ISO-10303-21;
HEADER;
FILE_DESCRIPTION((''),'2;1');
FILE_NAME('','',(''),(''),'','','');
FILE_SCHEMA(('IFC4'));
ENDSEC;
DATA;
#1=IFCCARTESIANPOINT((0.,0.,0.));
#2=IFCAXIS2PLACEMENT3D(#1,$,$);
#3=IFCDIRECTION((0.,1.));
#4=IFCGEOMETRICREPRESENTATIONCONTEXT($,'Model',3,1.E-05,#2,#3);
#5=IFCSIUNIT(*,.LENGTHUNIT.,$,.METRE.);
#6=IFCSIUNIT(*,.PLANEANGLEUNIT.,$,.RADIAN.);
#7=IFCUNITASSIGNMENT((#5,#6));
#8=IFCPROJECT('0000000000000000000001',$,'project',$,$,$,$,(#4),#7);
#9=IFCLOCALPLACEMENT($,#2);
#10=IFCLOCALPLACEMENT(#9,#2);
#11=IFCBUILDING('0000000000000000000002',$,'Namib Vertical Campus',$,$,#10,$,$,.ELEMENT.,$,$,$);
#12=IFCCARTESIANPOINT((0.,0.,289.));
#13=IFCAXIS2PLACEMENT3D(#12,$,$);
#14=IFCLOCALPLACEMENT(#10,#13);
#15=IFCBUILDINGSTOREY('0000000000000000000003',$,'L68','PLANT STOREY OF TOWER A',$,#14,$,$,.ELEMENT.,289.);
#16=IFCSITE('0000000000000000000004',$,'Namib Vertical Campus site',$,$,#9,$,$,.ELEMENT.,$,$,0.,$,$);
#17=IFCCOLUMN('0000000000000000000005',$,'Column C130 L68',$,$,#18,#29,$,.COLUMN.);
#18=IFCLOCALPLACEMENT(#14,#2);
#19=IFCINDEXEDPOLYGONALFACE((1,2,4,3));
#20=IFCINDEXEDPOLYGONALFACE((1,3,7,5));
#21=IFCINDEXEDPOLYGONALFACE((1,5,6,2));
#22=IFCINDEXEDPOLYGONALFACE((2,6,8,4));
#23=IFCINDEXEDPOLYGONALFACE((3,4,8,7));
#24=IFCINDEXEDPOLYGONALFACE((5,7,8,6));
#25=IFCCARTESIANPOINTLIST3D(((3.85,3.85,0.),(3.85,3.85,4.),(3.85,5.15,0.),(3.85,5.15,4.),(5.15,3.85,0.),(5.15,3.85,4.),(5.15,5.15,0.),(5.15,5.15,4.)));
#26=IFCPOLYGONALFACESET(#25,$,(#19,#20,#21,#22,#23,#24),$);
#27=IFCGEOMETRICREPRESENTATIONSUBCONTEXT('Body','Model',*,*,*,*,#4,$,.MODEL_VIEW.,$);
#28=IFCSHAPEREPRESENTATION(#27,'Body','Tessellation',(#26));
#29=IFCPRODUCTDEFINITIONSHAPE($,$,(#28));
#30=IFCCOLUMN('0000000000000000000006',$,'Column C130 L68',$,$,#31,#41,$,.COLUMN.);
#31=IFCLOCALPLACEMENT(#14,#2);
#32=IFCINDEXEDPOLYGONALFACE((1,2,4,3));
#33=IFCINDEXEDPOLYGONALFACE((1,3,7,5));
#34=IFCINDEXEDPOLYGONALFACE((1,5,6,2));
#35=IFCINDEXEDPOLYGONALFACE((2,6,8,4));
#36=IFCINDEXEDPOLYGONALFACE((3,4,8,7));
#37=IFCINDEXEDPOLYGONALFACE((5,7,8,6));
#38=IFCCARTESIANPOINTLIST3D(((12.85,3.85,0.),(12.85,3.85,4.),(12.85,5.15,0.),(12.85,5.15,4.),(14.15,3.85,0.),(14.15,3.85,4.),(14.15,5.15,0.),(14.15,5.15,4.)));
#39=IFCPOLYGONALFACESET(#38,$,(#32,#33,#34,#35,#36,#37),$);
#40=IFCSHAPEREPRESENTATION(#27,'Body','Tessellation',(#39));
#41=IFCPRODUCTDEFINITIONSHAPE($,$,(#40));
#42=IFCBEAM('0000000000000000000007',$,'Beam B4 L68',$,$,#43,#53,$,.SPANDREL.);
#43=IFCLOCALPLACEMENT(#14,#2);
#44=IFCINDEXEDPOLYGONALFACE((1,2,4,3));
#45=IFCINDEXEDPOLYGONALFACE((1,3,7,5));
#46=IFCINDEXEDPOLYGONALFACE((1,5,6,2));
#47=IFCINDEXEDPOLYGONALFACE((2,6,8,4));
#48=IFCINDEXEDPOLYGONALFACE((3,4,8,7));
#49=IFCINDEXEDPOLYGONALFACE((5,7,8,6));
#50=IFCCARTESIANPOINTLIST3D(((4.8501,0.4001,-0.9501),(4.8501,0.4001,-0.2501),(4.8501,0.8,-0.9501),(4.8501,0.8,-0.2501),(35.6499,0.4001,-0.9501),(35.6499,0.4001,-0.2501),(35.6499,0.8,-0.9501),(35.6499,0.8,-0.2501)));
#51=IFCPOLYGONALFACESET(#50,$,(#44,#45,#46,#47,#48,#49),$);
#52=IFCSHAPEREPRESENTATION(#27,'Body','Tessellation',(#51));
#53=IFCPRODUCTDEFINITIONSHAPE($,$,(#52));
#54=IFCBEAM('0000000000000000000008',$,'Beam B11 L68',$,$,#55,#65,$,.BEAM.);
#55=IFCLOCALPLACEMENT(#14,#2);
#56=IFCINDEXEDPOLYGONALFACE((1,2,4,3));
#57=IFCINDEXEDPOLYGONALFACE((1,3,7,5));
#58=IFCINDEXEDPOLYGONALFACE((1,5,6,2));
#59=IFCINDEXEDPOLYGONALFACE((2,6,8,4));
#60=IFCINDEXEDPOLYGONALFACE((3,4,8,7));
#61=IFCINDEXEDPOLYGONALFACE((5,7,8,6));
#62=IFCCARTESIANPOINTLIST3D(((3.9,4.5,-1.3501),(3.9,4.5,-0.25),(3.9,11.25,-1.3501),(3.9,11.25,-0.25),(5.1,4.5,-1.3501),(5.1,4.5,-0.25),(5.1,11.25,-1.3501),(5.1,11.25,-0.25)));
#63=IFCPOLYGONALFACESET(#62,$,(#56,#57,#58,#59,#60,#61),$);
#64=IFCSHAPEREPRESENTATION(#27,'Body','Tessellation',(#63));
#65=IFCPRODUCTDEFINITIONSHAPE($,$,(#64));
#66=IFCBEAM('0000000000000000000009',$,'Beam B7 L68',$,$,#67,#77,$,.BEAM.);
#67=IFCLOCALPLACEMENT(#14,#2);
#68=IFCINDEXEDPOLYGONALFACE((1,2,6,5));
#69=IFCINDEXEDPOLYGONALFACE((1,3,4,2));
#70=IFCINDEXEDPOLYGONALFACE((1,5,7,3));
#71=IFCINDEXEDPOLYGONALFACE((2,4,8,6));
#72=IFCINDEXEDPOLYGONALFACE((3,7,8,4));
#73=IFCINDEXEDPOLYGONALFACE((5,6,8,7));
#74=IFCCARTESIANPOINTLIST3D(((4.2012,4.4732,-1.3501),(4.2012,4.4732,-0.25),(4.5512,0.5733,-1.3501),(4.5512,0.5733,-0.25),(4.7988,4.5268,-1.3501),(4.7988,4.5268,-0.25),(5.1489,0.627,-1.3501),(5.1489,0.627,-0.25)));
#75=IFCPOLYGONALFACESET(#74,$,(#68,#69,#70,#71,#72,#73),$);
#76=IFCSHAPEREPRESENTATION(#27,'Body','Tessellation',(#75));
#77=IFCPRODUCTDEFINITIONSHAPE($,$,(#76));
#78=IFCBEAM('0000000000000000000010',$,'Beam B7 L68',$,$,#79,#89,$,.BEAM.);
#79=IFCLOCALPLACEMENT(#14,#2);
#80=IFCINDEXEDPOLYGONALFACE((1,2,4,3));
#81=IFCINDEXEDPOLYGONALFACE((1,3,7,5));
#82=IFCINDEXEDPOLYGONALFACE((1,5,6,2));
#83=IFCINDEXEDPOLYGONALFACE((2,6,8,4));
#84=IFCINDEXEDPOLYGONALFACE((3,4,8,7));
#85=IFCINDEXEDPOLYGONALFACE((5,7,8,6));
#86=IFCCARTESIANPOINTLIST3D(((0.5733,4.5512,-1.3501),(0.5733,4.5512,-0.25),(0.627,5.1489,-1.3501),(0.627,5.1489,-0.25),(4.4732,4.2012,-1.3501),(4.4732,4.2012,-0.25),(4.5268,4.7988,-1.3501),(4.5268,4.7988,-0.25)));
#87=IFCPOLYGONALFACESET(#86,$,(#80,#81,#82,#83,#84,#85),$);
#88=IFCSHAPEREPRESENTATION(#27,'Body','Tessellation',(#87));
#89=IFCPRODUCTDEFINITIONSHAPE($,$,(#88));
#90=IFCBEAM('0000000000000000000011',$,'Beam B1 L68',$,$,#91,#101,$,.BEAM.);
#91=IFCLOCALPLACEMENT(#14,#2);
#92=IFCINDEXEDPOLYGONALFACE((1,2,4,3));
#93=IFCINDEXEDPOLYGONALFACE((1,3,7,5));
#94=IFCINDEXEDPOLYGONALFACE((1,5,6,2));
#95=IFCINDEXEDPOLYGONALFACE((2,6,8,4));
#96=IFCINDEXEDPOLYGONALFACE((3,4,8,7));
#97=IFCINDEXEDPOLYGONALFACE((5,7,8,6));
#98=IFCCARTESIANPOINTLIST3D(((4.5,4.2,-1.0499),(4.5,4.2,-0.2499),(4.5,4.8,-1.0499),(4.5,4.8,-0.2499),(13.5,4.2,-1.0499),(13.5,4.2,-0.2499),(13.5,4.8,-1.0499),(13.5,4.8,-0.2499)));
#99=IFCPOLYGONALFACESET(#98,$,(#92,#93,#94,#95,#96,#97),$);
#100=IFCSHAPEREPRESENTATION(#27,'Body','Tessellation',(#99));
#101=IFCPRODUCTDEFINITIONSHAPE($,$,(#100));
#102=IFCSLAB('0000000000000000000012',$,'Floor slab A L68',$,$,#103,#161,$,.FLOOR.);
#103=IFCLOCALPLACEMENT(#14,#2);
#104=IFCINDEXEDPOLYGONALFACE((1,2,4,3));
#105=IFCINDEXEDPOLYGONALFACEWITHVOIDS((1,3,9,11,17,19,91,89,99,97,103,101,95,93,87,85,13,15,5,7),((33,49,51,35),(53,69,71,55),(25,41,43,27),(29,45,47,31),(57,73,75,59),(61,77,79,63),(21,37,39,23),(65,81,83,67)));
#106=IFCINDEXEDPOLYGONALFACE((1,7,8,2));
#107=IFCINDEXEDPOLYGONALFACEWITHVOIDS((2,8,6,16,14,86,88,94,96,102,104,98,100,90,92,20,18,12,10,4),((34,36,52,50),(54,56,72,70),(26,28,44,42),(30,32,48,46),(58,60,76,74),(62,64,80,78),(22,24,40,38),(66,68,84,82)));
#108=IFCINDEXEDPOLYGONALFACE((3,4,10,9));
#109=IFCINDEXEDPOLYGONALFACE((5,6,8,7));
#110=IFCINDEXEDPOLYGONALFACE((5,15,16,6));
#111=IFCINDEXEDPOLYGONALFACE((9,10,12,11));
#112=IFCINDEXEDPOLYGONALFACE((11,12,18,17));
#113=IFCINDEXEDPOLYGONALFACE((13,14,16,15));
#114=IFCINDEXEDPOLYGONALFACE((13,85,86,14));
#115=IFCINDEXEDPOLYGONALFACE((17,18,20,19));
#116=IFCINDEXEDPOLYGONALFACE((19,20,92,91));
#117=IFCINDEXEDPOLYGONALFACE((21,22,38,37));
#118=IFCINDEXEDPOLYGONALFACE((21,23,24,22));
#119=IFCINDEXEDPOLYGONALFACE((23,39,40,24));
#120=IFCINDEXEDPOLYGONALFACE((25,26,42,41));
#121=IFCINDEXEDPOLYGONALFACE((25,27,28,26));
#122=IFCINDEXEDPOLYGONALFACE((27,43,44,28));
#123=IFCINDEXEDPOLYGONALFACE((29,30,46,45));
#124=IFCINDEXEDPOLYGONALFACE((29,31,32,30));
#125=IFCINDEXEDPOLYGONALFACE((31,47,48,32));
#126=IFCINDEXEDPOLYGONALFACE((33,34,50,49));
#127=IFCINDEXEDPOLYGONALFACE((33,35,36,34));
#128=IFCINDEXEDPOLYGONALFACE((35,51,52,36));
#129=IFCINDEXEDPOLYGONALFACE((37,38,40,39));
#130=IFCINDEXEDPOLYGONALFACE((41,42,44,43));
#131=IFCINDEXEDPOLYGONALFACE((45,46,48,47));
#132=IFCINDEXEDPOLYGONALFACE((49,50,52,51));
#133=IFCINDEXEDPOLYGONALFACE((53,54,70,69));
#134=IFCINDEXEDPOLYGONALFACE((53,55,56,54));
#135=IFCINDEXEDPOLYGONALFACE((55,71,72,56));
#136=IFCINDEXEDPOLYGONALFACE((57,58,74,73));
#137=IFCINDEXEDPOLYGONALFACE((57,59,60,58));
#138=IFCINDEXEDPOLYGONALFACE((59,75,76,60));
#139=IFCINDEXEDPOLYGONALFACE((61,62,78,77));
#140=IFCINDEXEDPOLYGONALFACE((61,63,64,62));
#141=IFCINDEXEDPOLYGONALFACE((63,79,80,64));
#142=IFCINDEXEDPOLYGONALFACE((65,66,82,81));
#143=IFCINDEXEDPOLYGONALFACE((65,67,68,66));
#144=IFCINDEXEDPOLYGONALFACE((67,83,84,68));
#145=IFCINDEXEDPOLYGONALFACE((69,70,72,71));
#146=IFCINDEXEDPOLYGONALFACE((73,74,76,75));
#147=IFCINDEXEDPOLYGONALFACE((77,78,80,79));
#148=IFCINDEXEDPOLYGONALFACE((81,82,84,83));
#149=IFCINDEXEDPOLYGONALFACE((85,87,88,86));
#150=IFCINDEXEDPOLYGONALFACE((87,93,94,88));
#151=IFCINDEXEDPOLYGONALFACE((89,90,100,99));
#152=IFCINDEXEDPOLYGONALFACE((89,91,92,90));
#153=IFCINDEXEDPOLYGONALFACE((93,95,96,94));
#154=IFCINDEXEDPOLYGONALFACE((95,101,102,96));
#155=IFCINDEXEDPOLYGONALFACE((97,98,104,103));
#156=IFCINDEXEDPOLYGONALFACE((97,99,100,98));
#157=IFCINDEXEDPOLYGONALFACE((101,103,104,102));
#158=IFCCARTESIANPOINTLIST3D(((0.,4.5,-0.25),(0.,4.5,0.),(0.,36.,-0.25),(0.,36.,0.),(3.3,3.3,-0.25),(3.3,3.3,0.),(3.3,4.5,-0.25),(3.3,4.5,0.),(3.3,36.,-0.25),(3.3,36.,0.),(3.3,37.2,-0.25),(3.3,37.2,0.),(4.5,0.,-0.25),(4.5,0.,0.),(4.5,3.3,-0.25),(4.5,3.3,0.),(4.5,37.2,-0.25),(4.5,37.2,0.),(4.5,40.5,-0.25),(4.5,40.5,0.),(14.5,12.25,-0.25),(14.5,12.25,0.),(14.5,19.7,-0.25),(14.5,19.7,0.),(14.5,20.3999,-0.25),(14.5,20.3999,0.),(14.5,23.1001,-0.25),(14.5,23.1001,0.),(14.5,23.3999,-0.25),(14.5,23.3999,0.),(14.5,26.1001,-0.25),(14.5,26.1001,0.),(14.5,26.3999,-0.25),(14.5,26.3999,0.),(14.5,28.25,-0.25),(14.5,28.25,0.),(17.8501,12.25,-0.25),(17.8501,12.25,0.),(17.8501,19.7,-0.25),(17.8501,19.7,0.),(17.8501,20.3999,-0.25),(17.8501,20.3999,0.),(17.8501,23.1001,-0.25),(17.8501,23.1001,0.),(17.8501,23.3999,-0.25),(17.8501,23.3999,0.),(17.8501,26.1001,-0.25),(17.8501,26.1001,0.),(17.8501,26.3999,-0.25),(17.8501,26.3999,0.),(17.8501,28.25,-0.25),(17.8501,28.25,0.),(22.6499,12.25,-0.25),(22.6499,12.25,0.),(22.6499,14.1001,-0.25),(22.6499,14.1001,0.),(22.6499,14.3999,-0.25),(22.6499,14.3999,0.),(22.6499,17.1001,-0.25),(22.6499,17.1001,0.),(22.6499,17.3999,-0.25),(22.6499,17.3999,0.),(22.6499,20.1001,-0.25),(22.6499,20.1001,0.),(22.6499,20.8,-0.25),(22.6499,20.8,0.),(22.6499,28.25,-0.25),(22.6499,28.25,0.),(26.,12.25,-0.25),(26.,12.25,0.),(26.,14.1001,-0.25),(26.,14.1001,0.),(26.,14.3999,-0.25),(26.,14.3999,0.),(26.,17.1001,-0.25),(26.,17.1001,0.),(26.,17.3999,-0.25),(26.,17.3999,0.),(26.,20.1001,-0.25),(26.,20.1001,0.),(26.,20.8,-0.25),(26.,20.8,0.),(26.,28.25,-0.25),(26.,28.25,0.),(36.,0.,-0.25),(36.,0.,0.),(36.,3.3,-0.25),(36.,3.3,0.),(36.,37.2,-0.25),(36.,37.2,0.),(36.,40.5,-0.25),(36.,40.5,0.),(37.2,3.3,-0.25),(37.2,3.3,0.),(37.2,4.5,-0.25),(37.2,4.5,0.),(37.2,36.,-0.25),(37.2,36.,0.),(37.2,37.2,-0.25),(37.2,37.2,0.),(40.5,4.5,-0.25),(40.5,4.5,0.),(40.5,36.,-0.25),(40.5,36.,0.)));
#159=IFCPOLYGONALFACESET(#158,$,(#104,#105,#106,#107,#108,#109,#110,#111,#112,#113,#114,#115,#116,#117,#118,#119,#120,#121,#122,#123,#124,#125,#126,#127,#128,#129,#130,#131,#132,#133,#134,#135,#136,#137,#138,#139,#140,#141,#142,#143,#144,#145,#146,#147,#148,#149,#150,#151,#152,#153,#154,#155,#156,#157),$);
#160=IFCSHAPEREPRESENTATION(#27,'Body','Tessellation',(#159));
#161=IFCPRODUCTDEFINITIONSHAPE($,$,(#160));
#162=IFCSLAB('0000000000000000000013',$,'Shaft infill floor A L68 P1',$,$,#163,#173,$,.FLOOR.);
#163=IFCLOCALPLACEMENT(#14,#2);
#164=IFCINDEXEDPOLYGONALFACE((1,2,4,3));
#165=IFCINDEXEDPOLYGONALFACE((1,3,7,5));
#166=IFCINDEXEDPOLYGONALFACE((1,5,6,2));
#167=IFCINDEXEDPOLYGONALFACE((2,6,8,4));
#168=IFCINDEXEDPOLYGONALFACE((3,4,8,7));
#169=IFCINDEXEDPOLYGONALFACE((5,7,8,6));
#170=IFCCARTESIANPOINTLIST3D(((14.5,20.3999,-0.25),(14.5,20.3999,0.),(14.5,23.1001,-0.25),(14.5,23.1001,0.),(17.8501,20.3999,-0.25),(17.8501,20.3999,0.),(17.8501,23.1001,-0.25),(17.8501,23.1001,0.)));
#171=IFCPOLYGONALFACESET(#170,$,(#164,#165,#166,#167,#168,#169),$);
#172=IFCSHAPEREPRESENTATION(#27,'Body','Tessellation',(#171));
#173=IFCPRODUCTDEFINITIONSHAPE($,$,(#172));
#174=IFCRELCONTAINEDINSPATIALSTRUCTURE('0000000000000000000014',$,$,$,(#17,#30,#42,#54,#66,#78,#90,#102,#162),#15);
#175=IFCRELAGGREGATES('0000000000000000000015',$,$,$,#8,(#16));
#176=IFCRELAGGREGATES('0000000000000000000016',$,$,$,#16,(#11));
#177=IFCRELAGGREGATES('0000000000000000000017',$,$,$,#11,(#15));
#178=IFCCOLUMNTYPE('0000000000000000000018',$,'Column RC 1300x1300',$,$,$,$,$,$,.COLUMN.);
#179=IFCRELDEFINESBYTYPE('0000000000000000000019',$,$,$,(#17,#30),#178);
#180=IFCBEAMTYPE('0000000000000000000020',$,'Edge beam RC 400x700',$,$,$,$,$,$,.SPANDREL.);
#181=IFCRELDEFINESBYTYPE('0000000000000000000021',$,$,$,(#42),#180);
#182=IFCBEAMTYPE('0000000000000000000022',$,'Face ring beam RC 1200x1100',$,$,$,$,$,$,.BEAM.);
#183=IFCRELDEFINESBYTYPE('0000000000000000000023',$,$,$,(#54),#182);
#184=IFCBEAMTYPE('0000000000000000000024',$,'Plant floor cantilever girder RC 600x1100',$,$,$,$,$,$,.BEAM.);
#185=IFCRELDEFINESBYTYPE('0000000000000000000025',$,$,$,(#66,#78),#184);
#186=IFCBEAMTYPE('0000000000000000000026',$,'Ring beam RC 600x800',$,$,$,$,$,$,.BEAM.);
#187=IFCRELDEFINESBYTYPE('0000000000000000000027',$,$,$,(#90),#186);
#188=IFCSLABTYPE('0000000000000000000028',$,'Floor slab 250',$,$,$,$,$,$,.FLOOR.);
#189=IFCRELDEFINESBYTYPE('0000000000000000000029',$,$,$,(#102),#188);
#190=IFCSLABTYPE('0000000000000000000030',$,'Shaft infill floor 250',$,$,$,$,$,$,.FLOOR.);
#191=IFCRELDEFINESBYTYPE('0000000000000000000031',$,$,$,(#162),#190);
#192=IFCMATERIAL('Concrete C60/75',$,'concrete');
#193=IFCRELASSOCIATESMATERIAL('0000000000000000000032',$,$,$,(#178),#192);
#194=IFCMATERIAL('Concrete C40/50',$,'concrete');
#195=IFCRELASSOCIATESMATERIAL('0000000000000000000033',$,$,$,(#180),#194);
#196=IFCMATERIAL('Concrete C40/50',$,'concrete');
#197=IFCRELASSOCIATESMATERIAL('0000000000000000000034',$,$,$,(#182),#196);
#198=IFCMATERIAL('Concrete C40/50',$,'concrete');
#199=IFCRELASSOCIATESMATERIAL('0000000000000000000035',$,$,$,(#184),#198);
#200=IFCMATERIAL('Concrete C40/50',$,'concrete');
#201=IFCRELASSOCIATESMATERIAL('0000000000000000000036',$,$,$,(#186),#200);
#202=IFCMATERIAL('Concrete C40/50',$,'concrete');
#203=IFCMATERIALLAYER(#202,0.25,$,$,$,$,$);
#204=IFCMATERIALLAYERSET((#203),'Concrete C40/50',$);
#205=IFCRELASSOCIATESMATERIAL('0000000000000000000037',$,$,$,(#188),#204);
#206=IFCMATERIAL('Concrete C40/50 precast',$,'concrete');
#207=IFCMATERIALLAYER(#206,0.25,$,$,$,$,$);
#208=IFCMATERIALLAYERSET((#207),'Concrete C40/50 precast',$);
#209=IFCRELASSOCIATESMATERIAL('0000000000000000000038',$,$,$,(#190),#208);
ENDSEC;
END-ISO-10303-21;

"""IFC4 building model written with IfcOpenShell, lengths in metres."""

from ifc_helpers import new_model, si_unit, direction, frame, origin, origin_2d, place, context, subcontext, project, spatial, polyline, rectangle, outline, extrude, material, layer, layer_set, material_profile, profile_set, type_object, element, save


model = new_model("IFC4")

# Units and contexts
model_context = context("Model", 3, precision=1e-05, world=origin(), true_north=direction((0.0, 1.0)))
body_context = subcontext(model_context, "Body", "Model", "MODEL_VIEW")
ifc_project = project(units=[si_unit("LENGTHUNIT", "METRE"), si_unit("PLANEANGLEUNIT", "RADIAN")], contexts=[model_context])

# Site, building, storey
site_placement = place(None, origin())
site = spatial("IfcSite", under=ifc_project, at=site_placement, Name="Namib Vertical Campus site", CompositionType="ELEMENT", RefElevation=0.0)
building_placement = place(site_placement, origin())
building = spatial("IfcBuilding", under=site, at=building_placement, Name="Namib Vertical Campus", CompositionType="ELEMENT")
storey_placement = place(building_placement, frame((0.0, 0.0, 289.0)))
storey = spatial("IfcBuildingStorey", under=building, at=storey_placement, Name="L68", Description="PLANT STOREY OF TOWER A", CompositionType="ELEMENT", Elevation=289.0)

# Columns
ifc_material_1 = material(Name="Concrete C60/75", Category="concrete")
ifc_material_profile_1 = material_profile(ifc_material_1, rectangle(XDim=1.3, YDim=1.3, at=origin_2d()))
ifc_profile_set_1 = profile_set([ifc_material_profile_1], Name="Concrete C60/75")
column_type = type_object("IfcColumnType", Name="Column RC 1300x1300", PredefinedType="COLUMN", material=ifc_profile_set_1)
for number, where, z_axis, x_axis, name in (
    (1, (4.5, 4.5, 0.0), (0.0, 0.0, 1.0), (1.0, 0.0, 0.0), "Column C130 L68"),
    (2, (13.5, 4.5, 0.0), (0.0, 0.0, 1.0), (1.0, 0.0, 0.0), "Column C130 L68"),
):
    element("IfcColumn", number, at=place(storey_placement, frame(where, z_axis=z_axis, x_axis=x_axis)), inside=storey, type_object=column_type, Name=name, PredefinedType="COLUMN", context=body_context, shape_type="SweptSolid", body=[
        extrude(rectangle(XDim=1.3, YDim=1.3, at=origin_2d()), origin(), (0.0, 0.0, 1.0), 4.0),
    ])

# Beams
ifc_material_2 = material(Name="Concrete C40/50", Category="concrete")
ifc_material_profile_2 = material_profile(ifc_material_2, rectangle(XDim=0.3999, YDim=0.7, at=origin_2d()))
ifc_profile_set_2 = profile_set([ifc_material_profile_2], Name="Concrete C40/50")
beam_type_1 = type_object("IfcBeamType", Name="Edge beam RC 400x700", PredefinedType="SPANDREL", material=ifc_profile_set_2)
beam_1_placement = place(storey_placement, frame((4.8501, 0.6001, -0.6001), z_axis=(1.0, 0.0, 0.0), x_axis=(0.0, 1.0, 0.0)))
element("IfcBeam", 3, at=beam_1_placement, inside=storey, type_object=beam_type_1, Name="Beam B4 L68", PredefinedType="SPANDREL", context=body_context, shape_type="SweptSolid", body=[
    extrude(rectangle(XDim=0.3999, YDim=0.7, at=origin_2d()), origin(), (0.0, 0.0, 1.0), 30.7998),
])
ifc_material_3 = material(Name="Concrete C40/50", Category="concrete")
ifc_material_profile_3 = material_profile(ifc_material_3, rectangle(XDim=1.2, YDim=1.1001, at=origin_2d()))
ifc_profile_set_3 = profile_set([ifc_material_profile_3], Name="Concrete C40/50")
beam_type_2 = type_object("IfcBeamType", Name="Face ring beam RC 1200x1100", PredefinedType="BEAM", material=ifc_profile_set_3)
beam_2_placement = place(storey_placement, frame((4.5, 4.5, -0.8), z_axis=(0.0, 1.0, 0.0), x_axis=(-1.0, 0.0, 0.0)))
element("IfcBeam", 4, at=beam_2_placement, inside=storey, type_object=beam_type_2, Name="Beam B11 L68", PredefinedType="BEAM", context=body_context, shape_type="SweptSolid", body=[
    extrude(rectangle(XDim=1.2, YDim=1.1001, at=origin_2d()), origin(), (0.0, 0.0, 1.0), 6.75),
])
ifc_material_4 = material(Name="Concrete C40/50", Category="concrete")
ifc_material_profile_4 = material_profile(ifc_material_4, rectangle(XDim=0.6001, YDim=1.1001, at=origin_2d()))
ifc_profile_set_4 = profile_set([ifc_material_profile_4], Name="Concrete C40/50")
beam_type_3 = type_object("IfcBeamType", Name="Plant floor cantilever girder RC 600x1100", PredefinedType="BEAM", material=ifc_profile_set_4)
for number, where, z_axis, x_axis, name in (
    (5, (4.5, 4.5, -0.8), (0.089411, -0.995995, 0.0), (0.995995, 0.089411, 0.0), "Beam B7 L68"),
    (6, (4.5, 4.5, -0.8), (-0.995995, 0.089411, 0.0), (-0.089411, -0.995995, 0.0), "Beam B7 L68"),
):
    element("IfcBeam", number, at=place(storey_placement, frame(where, z_axis=z_axis, x_axis=x_axis)), inside=storey, type_object=beam_type_3, Name=name, PredefinedType="BEAM", context=body_context, shape_type="SweptSolid", body=[
        extrude(rectangle(XDim=0.6001, YDim=1.1001, at=origin_2d()), origin(), (0.0, 0.0, 1.0), 3.9155),
    ])
ifc_material_5 = material(Name="Concrete C40/50", Category="concrete")
ifc_material_profile_5 = material_profile(ifc_material_5, rectangle(XDim=0.6001, YDim=0.8, at=origin_2d()))
ifc_profile_set_5 = profile_set([ifc_material_profile_5], Name="Concrete C40/50")
beam_type_4 = type_object("IfcBeamType", Name="Ring beam RC 600x800", PredefinedType="BEAM", material=ifc_profile_set_5)
beam_3_placement = place(storey_placement, frame((4.5, 4.5, -0.6499), z_axis=(1.0, 0.0, 0.0), x_axis=(0.0, 1.0, 0.0)))
element("IfcBeam", 7, at=beam_3_placement, inside=storey, type_object=beam_type_4, Name="Beam B1 L68", PredefinedType="BEAM", context=body_context, shape_type="SweptSolid", body=[
    extrude(rectangle(XDim=0.6001, YDim=0.8, at=origin_2d()), origin(), (0.0, 0.0, 1.0), 9.0),
])

# Slabs
ifc_material_6 = material(Name="Concrete C40/50", Category="concrete")
ifc_layer_1 = layer(ifc_material_6, 0.25)
ifc_layer_set_1 = layer_set([ifc_layer_1], Name="Concrete C40/50")
slab_type_1 = type_object("IfcSlabType", Name="Floor slab 250", PredefinedType="FLOOR", material=ifc_layer_set_1)
slab_1_placement = place(storey_placement, frame((0.0, 0.0, -0.25)))
element("IfcSlab", 8, at=slab_1_placement, inside=storey, type_object=slab_type_1, Name="Floor slab A L68", PredefinedType="FLOOR", context=body_context, shape_type="SweptSolid", body=[
    extrude(outline(polyline([(4.5, 0.0), (36.0, 0.0), (36.0, 3.3), (37.2, 3.3), (37.2, 4.5), (40.5, 4.5), (40.5, 36.0), (37.2, 36.0), (37.2, 37.2), (36.0, 37.2), (36.0, 40.5), (4.5, 40.5), (4.5, 37.2), (3.3, 37.2), (3.3, 36.0), (0.0, 36.0), (0.0, 4.5), (3.3, 4.5), (3.3, 3.3), (4.5, 3.3), (4.5, 0.0)]), holes=[polyline([(14.5, 12.25), (17.8501, 12.25), (17.8501, 19.7), (14.5, 19.7), (14.5, 12.25)]), polyline([(22.6499, 20.8), (26.0, 20.8), (26.0, 28.25), (22.6499, 28.25), (22.6499, 20.8)]), polyline([(22.6499, 12.25), (26.0, 12.25), (26.0, 14.1001), (22.6499, 14.1001), (22.6499, 12.25)]), polyline([(14.5, 20.3999), (17.8501, 20.3999), (17.8501, 23.1001), (14.5, 23.1001), (14.5, 20.3999)]), polyline([(14.5, 23.3999), (17.8501, 23.3999), (17.8501, 26.1001), (14.5, 26.1001), (14.5, 23.3999)]), polyline([(14.5, 26.3999), (17.8501, 26.3999), (17.8501, 28.25), (14.5, 28.25), (14.5, 26.3999)]), polyline([(22.6499, 14.3999), (26.0, 14.3999), (26.0, 17.1001), (22.6499, 17.1001), (22.6499, 14.3999)]), polyline([(22.6499, 17.3999), (26.0, 17.3999), (26.0, 20.1001), (22.6499, 20.1001), (22.6499, 17.3999)])]), origin(), (0.0, 0.0, 1.0), 0.25),
])
ifc_material_7 = material(Name="Concrete C40/50 precast", Category="concrete")
ifc_layer_2 = layer(ifc_material_7, 0.25)
ifc_layer_set_2 = layer_set([ifc_layer_2], Name="Concrete C40/50 precast")
slab_type_2 = type_object("IfcSlabType", Name="Shaft infill floor 250", PredefinedType="FLOOR", material=ifc_layer_set_2)
slab_2_placement = place(storey_placement, frame((0.0, 0.0, -0.25)))
element("IfcSlab", 9, at=slab_2_placement, inside=storey, type_object=slab_type_2, Name="Shaft infill floor A L68 P1", PredefinedType="FLOOR", context=body_context, shape_type="SweptSolid", body=[
    extrude(outline(polyline([(14.5, 20.3999), (17.8501, 20.3999), (17.8501, 23.1001), (14.5, 23.1001), (14.5, 20.3999)])), origin(), (0.0, 0.0, 1.0), 0.25),
])

save(model, "model.ifc")
